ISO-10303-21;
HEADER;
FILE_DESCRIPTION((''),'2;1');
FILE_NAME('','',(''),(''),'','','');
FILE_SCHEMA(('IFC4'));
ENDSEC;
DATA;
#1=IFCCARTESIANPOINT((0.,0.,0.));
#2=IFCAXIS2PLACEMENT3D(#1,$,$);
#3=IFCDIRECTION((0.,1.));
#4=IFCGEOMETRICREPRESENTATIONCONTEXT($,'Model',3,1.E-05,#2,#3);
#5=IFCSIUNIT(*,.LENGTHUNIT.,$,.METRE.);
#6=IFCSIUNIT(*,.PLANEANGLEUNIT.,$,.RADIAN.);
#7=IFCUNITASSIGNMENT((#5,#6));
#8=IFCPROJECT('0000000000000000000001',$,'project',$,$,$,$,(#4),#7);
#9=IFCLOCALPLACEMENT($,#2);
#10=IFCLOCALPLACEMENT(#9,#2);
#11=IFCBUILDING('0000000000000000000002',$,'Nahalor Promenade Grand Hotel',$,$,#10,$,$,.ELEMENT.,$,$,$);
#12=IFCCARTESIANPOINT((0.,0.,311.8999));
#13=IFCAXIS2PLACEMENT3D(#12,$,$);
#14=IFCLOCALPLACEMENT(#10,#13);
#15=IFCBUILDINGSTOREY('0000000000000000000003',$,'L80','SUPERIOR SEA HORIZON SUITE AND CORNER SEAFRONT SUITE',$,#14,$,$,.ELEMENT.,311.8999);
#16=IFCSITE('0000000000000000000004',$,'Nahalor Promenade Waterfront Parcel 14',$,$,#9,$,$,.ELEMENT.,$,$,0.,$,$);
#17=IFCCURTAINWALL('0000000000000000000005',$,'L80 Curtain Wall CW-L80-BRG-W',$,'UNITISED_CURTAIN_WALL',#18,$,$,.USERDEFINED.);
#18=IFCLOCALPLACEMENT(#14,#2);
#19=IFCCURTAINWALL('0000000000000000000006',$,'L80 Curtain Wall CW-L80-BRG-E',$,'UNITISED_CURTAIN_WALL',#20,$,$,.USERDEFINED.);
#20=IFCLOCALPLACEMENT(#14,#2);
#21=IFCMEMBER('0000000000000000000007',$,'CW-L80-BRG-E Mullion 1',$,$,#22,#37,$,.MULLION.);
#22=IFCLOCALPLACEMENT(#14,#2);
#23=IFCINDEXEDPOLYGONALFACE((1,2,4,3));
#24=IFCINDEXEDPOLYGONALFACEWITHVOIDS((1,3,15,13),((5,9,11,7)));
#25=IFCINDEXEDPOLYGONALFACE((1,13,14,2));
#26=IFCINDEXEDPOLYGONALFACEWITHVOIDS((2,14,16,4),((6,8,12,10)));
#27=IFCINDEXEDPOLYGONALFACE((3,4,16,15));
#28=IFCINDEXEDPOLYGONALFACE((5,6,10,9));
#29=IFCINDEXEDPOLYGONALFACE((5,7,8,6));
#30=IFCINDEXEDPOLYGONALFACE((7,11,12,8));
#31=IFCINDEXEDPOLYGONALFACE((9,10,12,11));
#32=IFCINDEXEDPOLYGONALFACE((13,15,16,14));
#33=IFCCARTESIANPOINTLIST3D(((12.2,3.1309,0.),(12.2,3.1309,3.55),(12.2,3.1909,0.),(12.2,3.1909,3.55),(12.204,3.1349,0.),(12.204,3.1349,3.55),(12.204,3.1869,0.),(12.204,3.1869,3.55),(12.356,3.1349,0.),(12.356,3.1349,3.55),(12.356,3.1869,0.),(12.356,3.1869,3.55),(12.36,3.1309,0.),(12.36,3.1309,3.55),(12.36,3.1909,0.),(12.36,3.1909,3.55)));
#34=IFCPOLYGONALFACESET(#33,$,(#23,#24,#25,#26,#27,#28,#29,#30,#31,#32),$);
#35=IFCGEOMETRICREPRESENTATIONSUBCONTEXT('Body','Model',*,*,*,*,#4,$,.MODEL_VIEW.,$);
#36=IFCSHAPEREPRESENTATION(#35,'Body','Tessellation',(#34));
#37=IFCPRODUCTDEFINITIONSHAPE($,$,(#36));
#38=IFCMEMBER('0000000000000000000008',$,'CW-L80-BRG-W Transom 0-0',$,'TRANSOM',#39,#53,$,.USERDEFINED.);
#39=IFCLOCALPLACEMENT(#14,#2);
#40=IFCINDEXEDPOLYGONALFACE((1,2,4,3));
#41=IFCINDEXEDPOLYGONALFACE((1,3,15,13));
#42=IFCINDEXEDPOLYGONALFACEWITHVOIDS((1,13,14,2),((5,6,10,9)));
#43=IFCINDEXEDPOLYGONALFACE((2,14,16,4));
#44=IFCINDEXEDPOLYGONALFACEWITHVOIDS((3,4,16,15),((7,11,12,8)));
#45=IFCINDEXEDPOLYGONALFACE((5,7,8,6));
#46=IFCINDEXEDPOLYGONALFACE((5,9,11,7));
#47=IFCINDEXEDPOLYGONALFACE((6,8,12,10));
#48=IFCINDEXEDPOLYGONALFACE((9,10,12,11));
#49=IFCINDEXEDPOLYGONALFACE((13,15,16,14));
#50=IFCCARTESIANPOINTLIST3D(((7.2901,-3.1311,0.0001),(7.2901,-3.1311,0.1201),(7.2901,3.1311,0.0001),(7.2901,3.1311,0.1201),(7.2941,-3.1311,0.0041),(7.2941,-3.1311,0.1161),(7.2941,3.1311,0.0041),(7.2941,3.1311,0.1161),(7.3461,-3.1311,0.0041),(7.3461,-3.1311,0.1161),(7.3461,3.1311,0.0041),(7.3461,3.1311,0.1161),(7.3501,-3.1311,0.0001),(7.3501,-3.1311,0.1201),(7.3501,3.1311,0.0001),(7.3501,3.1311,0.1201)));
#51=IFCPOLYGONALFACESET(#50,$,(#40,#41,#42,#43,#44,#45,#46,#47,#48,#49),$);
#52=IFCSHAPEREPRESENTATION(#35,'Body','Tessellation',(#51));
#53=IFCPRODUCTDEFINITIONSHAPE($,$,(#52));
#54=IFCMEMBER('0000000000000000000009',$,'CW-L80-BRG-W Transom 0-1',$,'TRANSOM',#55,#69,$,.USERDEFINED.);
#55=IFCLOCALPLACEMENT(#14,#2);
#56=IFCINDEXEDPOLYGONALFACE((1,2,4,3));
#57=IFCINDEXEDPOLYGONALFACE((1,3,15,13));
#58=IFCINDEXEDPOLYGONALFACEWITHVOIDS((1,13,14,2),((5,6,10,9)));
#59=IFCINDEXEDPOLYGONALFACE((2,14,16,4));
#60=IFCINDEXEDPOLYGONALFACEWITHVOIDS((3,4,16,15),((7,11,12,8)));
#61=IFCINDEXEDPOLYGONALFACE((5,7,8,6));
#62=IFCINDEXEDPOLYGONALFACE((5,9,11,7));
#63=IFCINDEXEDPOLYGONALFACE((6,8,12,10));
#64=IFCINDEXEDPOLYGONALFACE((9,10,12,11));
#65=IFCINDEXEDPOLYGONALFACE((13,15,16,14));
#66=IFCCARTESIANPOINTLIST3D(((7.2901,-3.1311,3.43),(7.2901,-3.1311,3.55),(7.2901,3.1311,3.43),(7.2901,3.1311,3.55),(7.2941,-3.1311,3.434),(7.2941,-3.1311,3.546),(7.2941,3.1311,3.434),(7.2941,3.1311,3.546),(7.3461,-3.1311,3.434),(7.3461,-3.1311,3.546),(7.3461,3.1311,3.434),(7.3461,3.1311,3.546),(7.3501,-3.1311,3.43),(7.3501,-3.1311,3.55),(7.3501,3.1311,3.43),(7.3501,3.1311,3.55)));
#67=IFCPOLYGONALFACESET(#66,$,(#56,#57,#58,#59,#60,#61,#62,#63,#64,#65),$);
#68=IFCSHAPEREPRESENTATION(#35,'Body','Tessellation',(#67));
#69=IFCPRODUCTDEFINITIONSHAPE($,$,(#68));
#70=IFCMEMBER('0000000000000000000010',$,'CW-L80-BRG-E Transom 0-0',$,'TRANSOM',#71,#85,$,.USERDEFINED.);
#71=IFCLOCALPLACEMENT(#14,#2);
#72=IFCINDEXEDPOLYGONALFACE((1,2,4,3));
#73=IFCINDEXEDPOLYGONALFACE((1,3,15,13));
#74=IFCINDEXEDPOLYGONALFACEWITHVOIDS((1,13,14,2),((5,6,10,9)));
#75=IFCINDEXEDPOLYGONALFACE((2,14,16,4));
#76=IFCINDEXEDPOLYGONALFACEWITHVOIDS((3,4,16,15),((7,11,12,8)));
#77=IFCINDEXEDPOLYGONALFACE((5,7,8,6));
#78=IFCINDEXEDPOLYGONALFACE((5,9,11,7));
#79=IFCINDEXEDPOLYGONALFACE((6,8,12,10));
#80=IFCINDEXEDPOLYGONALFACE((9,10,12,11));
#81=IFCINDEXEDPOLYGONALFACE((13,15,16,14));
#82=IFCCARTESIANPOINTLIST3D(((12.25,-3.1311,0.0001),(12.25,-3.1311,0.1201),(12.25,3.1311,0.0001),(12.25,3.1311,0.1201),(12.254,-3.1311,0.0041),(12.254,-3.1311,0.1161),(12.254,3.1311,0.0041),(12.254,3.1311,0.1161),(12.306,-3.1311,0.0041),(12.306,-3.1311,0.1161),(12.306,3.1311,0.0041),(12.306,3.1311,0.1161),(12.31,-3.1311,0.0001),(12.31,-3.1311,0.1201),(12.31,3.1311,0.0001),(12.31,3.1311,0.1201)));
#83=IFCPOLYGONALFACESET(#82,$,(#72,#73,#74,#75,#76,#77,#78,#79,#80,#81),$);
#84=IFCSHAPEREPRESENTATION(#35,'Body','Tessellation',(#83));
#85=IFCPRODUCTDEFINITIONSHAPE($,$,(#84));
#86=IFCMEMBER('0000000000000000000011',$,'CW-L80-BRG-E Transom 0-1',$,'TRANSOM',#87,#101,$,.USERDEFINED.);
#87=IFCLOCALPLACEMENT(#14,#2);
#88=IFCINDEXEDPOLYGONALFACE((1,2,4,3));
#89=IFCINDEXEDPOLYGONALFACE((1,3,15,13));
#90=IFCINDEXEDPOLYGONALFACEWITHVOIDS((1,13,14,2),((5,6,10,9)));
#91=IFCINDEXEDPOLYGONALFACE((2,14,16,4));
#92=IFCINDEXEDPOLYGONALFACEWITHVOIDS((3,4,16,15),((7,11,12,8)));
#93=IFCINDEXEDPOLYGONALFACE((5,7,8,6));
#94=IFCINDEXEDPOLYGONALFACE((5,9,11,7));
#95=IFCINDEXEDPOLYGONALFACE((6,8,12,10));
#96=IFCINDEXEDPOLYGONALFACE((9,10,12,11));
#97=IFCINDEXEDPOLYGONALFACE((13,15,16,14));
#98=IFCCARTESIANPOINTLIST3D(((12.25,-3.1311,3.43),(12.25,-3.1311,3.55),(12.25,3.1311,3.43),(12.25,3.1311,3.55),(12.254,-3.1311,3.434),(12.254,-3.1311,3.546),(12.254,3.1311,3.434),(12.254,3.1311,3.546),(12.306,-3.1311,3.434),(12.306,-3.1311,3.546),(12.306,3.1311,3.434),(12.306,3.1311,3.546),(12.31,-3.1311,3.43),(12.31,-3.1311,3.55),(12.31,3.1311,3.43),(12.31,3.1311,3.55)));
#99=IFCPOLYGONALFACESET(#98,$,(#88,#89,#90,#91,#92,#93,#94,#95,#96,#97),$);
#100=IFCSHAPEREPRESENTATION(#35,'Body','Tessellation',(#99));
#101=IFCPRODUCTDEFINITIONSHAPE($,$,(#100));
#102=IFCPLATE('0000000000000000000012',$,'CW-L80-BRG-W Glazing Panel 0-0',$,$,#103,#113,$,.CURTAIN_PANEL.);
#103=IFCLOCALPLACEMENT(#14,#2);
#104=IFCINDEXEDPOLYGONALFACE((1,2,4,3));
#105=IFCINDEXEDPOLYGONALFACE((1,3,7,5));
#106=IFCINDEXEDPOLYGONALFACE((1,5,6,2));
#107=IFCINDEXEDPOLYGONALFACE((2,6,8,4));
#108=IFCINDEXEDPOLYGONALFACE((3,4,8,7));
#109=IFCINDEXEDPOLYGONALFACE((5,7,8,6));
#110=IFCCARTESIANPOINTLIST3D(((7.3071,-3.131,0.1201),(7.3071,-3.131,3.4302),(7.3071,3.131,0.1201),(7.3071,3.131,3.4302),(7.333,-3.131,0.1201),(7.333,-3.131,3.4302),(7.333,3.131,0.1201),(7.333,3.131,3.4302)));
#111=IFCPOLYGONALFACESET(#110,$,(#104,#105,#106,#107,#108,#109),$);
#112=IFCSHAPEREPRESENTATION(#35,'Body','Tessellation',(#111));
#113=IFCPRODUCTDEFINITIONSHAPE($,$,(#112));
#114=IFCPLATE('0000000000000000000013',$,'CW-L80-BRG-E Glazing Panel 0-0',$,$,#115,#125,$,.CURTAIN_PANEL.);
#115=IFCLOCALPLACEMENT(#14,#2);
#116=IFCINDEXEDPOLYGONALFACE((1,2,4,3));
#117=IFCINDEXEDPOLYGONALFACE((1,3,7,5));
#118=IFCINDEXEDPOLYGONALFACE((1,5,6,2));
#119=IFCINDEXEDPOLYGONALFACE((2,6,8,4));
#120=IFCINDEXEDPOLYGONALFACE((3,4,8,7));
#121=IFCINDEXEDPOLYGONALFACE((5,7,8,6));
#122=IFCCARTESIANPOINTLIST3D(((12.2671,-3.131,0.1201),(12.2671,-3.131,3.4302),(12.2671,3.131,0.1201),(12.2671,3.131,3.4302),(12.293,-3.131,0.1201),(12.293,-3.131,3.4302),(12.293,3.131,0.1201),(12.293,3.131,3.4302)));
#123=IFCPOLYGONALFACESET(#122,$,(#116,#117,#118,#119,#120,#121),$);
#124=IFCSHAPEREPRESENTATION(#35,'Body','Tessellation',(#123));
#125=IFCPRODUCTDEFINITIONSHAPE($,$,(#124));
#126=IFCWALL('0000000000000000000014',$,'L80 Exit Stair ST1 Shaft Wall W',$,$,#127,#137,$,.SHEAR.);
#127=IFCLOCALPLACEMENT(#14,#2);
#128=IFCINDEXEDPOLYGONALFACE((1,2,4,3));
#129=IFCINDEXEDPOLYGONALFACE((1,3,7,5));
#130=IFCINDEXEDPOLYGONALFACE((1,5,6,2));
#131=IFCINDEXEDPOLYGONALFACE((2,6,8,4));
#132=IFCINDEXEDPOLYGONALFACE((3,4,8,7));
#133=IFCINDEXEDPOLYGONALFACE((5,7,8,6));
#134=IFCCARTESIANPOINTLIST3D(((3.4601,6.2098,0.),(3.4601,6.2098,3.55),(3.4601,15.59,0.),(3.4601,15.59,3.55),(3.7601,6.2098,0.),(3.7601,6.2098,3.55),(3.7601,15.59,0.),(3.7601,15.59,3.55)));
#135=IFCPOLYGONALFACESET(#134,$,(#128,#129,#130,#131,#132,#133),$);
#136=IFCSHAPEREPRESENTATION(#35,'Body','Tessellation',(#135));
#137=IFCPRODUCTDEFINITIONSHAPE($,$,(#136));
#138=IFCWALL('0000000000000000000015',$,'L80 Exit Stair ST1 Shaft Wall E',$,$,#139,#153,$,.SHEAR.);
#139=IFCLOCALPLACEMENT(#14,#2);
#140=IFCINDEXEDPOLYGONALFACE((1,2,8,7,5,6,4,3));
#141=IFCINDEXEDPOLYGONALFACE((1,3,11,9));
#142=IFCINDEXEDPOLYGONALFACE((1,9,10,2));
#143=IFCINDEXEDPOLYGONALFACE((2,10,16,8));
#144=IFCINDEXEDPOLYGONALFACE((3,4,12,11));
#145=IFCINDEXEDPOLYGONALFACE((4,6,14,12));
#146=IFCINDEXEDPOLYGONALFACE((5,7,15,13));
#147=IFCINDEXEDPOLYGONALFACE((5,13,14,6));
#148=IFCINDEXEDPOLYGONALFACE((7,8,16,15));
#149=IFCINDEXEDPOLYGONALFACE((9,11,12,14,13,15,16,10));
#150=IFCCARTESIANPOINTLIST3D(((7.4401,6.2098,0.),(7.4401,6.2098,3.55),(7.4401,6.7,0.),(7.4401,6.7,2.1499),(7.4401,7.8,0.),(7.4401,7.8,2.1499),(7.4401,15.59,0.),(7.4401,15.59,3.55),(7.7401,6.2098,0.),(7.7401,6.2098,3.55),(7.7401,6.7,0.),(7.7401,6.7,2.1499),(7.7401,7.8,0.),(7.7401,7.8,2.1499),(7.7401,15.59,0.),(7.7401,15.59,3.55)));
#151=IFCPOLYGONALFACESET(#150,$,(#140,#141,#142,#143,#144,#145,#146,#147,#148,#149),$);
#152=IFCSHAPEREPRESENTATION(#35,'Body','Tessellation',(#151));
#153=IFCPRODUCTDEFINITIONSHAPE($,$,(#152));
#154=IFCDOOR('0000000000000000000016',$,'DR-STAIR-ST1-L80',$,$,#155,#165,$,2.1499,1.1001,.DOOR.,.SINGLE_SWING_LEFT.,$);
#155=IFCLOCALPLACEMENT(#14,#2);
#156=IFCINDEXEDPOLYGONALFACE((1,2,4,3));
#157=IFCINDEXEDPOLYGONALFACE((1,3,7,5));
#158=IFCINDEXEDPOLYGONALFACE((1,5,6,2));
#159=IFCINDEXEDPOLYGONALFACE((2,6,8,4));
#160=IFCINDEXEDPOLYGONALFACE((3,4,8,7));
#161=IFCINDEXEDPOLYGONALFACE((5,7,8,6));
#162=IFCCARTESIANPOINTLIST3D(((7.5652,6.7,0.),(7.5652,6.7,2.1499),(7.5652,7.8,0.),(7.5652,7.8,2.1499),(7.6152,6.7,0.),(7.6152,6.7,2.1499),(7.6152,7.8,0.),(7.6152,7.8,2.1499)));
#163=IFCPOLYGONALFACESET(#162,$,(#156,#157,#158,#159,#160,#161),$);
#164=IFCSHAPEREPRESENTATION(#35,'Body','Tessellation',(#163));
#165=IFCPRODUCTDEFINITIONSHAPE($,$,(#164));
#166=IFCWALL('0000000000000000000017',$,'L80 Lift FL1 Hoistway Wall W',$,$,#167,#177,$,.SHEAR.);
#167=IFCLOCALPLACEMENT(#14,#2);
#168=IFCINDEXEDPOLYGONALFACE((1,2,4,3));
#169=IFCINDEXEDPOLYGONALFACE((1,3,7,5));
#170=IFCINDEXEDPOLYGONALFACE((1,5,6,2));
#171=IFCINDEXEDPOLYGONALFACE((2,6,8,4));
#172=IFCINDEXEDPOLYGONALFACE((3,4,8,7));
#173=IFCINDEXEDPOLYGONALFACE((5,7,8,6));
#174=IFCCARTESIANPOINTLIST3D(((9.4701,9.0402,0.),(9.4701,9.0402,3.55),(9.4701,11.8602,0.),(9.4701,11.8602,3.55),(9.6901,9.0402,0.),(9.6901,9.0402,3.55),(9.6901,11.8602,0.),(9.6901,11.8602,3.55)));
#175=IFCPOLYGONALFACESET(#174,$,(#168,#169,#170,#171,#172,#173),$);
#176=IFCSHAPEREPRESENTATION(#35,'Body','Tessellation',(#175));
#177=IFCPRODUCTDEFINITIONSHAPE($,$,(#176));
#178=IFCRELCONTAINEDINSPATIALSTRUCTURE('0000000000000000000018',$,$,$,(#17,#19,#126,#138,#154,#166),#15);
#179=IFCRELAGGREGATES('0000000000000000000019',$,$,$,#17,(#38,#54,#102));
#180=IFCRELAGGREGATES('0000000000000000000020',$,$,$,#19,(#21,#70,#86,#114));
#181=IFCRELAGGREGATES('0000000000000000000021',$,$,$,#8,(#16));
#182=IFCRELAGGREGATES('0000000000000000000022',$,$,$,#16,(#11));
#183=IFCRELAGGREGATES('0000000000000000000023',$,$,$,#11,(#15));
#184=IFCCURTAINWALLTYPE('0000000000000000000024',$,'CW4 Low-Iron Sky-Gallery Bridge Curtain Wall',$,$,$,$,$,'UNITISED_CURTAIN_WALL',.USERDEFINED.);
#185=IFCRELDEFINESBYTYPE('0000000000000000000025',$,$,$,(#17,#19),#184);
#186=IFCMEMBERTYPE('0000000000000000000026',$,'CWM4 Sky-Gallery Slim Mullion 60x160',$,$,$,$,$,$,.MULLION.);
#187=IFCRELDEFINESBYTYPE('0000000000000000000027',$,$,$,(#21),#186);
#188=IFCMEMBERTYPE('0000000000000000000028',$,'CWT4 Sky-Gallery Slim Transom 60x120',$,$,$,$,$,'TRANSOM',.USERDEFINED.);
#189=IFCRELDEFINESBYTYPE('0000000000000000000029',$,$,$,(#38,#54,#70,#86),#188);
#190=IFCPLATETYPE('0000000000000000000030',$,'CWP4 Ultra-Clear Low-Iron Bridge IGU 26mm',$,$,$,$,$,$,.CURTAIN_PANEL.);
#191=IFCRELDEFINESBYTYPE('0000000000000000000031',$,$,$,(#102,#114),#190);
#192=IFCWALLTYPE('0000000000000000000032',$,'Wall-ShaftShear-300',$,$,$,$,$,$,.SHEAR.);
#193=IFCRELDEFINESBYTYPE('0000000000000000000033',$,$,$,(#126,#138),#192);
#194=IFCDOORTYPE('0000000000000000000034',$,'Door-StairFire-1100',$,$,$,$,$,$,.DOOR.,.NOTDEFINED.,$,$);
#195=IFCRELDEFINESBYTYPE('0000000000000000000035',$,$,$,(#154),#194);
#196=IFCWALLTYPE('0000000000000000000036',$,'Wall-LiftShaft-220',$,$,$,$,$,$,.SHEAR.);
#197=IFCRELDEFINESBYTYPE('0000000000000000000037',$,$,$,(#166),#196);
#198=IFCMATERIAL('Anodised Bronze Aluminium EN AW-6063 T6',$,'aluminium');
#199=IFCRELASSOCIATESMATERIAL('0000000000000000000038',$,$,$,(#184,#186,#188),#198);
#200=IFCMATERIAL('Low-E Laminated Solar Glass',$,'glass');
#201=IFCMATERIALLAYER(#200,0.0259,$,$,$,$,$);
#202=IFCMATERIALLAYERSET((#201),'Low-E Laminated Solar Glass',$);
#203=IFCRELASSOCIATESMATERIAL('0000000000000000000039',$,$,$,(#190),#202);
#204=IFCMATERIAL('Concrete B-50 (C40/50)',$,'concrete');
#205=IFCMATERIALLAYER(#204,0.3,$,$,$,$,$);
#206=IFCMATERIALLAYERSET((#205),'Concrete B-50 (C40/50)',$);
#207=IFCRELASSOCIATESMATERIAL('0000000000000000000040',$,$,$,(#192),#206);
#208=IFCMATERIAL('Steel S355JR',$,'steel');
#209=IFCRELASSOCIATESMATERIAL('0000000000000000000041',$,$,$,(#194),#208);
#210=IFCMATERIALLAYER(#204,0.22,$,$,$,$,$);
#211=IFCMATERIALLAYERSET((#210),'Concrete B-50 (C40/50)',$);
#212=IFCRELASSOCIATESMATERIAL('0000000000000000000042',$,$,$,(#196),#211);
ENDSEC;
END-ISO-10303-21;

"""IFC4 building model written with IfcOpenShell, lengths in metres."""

from ifc_helpers import new_model, si_unit, direction, frame, frame_2d, origin, origin_2d, place, context, subcontext, project, spatial, rectangle, hollow_rectangle, extrude, source, transform, mapped, material, layer, layer_set, material_profile, profile_set, type_object, element, fill, aggregate, save


model = new_model("IFC4")

# Units and contexts
model_context = context("Model", 3, precision=1e-05, world=origin(), true_north=direction((0.0, 1.0)))
body_context = subcontext(model_context, "Body", "Model", "MODEL_VIEW")
ifc_project = project(units=[si_unit("LENGTHUNIT", "METRE"), si_unit("PLANEANGLEUNIT", "RADIAN")], contexts=[model_context])

# Site, building, storey
site_placement = place(None, origin())
site = spatial("IfcSite", under=ifc_project, at=site_placement, Name="Nahalor Promenade Waterfront Parcel 14", CompositionType="ELEMENT", RefElevation=0.0)
building_placement = place(site_placement, origin())
building = spatial("IfcBuilding", under=site, at=building_placement, Name="Nahalor Promenade Grand Hotel", CompositionType="ELEMENT")
storey_placement = place(building_placement, frame((0.0, 0.0, 311.8999)))
storey = spatial("IfcBuildingStorey", under=building, at=storey_placement, Name="L80", Description="SUPERIOR SEA HORIZON SUITE AND CORNER SEAFRONT SUITE", CompositionType="ELEMENT", Elevation=311.8999)

# Shared definitions
ifc_material_1 = material(Name="Steel S355JR", Category="steel")

# Shared definitions
ifc_material_2 = material(Name="Anodised Bronze Aluminium EN AW-6063 T6", Category="aluminium")

# Curtain walls, member
curtain_wall_type_1 = type_object("IfcCurtainWallType", Name="CW4 Low-Iron Sky-Gallery Bridge Curtain Wall", ElementType="UNITISED_CURTAIN_WALL", PredefinedType="USERDEFINED", material=ifc_material_2)
curtain_wall_1_placement = place(storey_placement, origin())
curtain_wall_1 = element("IfcCurtainWall", 1, at=curtain_wall_1_placement, inside=storey, type_object=curtain_wall_type_1, Name="L80 Curtain Wall CW-L80-BRG-W", ObjectType="UNITISED_CURTAIN_WALL", PredefinedType="USERDEFINED")
ifc_material_profile_1 = material_profile(ifc_material_2, hollow_rectangle(XDim=0.06, YDim=0.16, WallThickness=0.004, at=origin_2d()), Name="CWM 60x160x4")
ifc_profile_set_1 = profile_set([ifc_material_profile_1], Name="Anodised Bronze Aluminium EN AW-6063 T6")
member_type_1 = type_object("IfcMemberType", Name="CWM4 Sky-Gallery Slim Mullion 60x160", PredefinedType="MULLION", material=ifc_profile_set_1)
shared_shape_1 = source(origin(), body_context, "Body", "SweptSolid", [
    extrude(hollow_rectangle(XDim=0.06, YDim=0.16, WallThickness=0.004, at=origin_2d()), origin(), (0.0, 0.0, 1.0), 3.55),
])
curtain_wall_2_placement = place(storey_placement, origin())
curtain_wall_2 = element("IfcCurtainWall", 2, at=curtain_wall_2_placement, inside=storey, type_object=curtain_wall_type_1, Name="L80 Curtain Wall CW-L80-BRG-E", ObjectType="UNITISED_CURTAIN_WALL", PredefinedType="USERDEFINED")
member_1_placement = place(storey_placement, frame((12.28, 3.1609, 0.0), z_axis=(0.0, 0.0, 1.0), x_axis=(0.0, 1.0, 0.0)))
member_1 = element("IfcMember", 3, at=member_1_placement, type_object=member_type_1, Name="CW-L80-BRG-E Mullion 1", PredefinedType="MULLION", context=body_context, shape_type="MappedRepresentation", body=[
    mapped(shared_shape_1, transform((0.0, 0.0, 0.0), scale=1.0)),
])

# Members
ifc_material_profile_2 = material_profile(ifc_material_2, hollow_rectangle(XDim=0.06, YDim=0.12, WallThickness=0.004, at=origin_2d()), Name="CWT 60x120x4")
ifc_profile_set_2 = profile_set([ifc_material_profile_2], Name="Anodised Bronze Aluminium EN AW-6063 T6")
member_type_2 = type_object("IfcMemberType", Name="CWT4 Sky-Gallery Slim Transom 60x120", ElementType="TRANSOM", PredefinedType="USERDEFINED", material=ifc_profile_set_2)
shared_shape_2 = source(origin(), body_context, "Body", "SweptSolid", [
    extrude(hollow_rectangle(XDim=0.06, YDim=0.12, WallThickness=0.004, at=origin_2d()), origin(), (0.0, 0.0, 1.0), 6.2622),
])
member_2_placement = place(storey_placement, frame((7.3201, -3.1311, 0.0601), z_axis=(0.0, 1.0, 0.0), x_axis=(-1.0, 0.0, 0.0)))
member_2 = element("IfcMember", 4, at=member_2_placement, type_object=member_type_2, Name="CW-L80-BRG-W Transom 0-0", ObjectType="TRANSOM", PredefinedType="USERDEFINED", context=body_context, shape_type="MappedRepresentation", body=[
    mapped(shared_shape_2, transform((0.0, 0.0, 0.0), scale=1.0)),
])
member_3_placement = place(storey_placement, frame((7.3201, -3.1311, 3.49), z_axis=(0.0, 1.0, 0.0), x_axis=(-1.0, 0.0, 0.0)))
member_3 = element("IfcMember", 5, at=member_3_placement, type_object=member_type_2, Name="CW-L80-BRG-W Transom 0-1", ObjectType="TRANSOM", PredefinedType="USERDEFINED", context=body_context, shape_type="MappedRepresentation", body=[
    mapped(shared_shape_2, transform((0.0, 0.0, 0.0), scale=1.0)),
])
member_4_placement = place(storey_placement, frame((12.28, -3.1311, 0.0601), z_axis=(0.0, 1.0, 0.0), x_axis=(-1.0, 0.0, 0.0)))
member_4 = element("IfcMember", 6, at=member_4_placement, type_object=member_type_2, Name="CW-L80-BRG-E Transom 0-0", ObjectType="TRANSOM", PredefinedType="USERDEFINED", context=body_context, shape_type="MappedRepresentation", body=[
    mapped(shared_shape_2, transform((0.0, 0.0, 0.0), scale=1.0)),
])
member_5_placement = place(storey_placement, frame((12.28, -3.1311, 3.49), z_axis=(0.0, 1.0, 0.0), x_axis=(-1.0, 0.0, 0.0)))
member_5 = element("IfcMember", 7, at=member_5_placement, type_object=member_type_2, Name="CW-L80-BRG-E Transom 0-1", ObjectType="TRANSOM", PredefinedType="USERDEFINED", context=body_context, shape_type="MappedRepresentation", body=[
    mapped(shared_shape_2, transform((0.0, 0.0, 0.0), scale=1.0)),
])

# Plates
ifc_material_3 = material(Name="Low-E Laminated Solar Glass", Category="glass")
ifc_layer_1 = layer(ifc_material_3, 0.0259)
ifc_layer_set_1 = layer_set([ifc_layer_1], Name="Low-E Laminated Solar Glass")
plate_type = type_object("IfcPlateType", Name="CWP4 Ultra-Clear Low-Iron Bridge IGU 26mm", PredefinedType="CURTAIN_PANEL", material=ifc_layer_set_1)
shared_shape_3 = source(origin(), body_context, "Body", "SweptSolid", [
    extrude(rectangle(XDim=6.262, YDim=0.0259, at=origin_2d()), origin(), (0.0, 0.0, 1.0), 3.3101),
])
plate_1_placement = place(storey_placement, frame((7.3201, 0.0, 0.1201), z_axis=(0.0, 0.0, 1.0), x_axis=(0.0, 1.0, 0.0)))
plate_1 = element("IfcPlate", 8, at=plate_1_placement, type_object=plate_type, Name="CW-L80-BRG-W Glazing Panel 0-0", PredefinedType="CURTAIN_PANEL", context=body_context, shape_type="MappedRepresentation", body=[
    mapped(shared_shape_3, transform((0.0, 0.0, 0.0), scale=1.0)),
])
aggregate(curtain_wall_1, [member_2, member_3, plate_1])
plate_2_placement = place(storey_placement, frame((12.28, 0.0, 0.1201), z_axis=(0.0, 0.0, 1.0), x_axis=(0.0, 1.0, 0.0)))
plate_2 = element("IfcPlate", 9, at=plate_2_placement, type_object=plate_type, Name="CW-L80-BRG-E Glazing Panel 0-0", PredefinedType="CURTAIN_PANEL", context=body_context, shape_type="MappedRepresentation", body=[
    mapped(shared_shape_3, transform((0.0, 0.0, 0.0), scale=1.0)),
])
aggregate(curtain_wall_2, [member_1, member_4, member_5, plate_2])

# Wall
ifc_material_4 = material(Name="Concrete B-50 (C40/50)", Category="concrete")
ifc_layer_2 = layer(ifc_material_4, 0.3)
ifc_layer_set_2 = layer_set([ifc_layer_2], Name="Concrete B-50 (C40/50)")
wall_type_1 = type_object("IfcWallType", Name="Wall-ShaftShear-300", PredefinedType="SHEAR", material=ifc_layer_set_2)
shared_shape_4 = source(origin(), body_context, "Body", "SweptSolid", [
    extrude(rectangle(XDim=9.3801, YDim=0.3, at=frame_2d((4.6899, 0.0))), origin(), (0.0, 0.0, 1.0), 3.55),
])
wall_1_placement = place(storey_placement, frame((3.6101, 6.21, 0.0), z_axis=(0.0, 0.0, 1.0), x_axis=(0.0, 1.0, 0.0)))
element("IfcWall", 10, at=wall_1_placement, inside=storey, type_object=wall_type_1, Name="L80 Exit Stair ST1 Shaft Wall W", PredefinedType="SHEAR", context=body_context, shape_type="MappedRepresentation", body=[
    mapped(shared_shape_4, transform((0.0, 0.0, 0.0), scale=1.0)),
])

# Wall, opening, door
wall_2_placement = place(storey_placement, frame((7.5901, 6.21, 0.0), z_axis=(0.0, 0.0, 1.0), x_axis=(0.0, 1.0, 0.0)))
wall_2 = element("IfcWall", 11, at=wall_2_placement, inside=storey, type_object=wall_type_1, Name="L80 Exit Stair ST1 Shaft Wall E", PredefinedType="SHEAR", context=body_context, shape_type="MappedRepresentation", body=[
    mapped(shared_shape_4, transform((0.0, 0.0, 0.0), scale=1.0)),
])
opening_1_placement = place(wall_2_placement, frame((0.49, 0.0, 0.0)))
opening_1 = element("IfcOpeningElement", 12, at=opening_1_placement, cuts=wall_2, PredefinedType="OPENING", context=body_context, shape_type="SweptSolid", body=[
    extrude(rectangle(XDim=1.1001, YDim=2.1499, at=frame_2d((0.55, 1.075))), frame((0.0, 0.1599, 0.0), z_axis=(0.0, -1.0, 0.0), x_axis=(1.0, 0.0, 0.0)), (0.0, 0.0, 1.0), 0.3201),
])
door_type_1 = type_object("IfcDoorType", Name="Door-StairFire-1100", OperationType="NOTDEFINED", PredefinedType="DOOR", material=ifc_material_1)
shared_shape_5 = source(origin(), body_context, "Body", "SweptSolid", [
    extrude(rectangle(XDim=1.1001, YDim=2.1499, at=frame_2d((0.55, 1.075))), frame((0.0, 0.0249, 0.0), z_axis=(0.0, -1.0, 0.0), x_axis=(1.0, 0.0, 0.0)), (0.0, 0.0, 1.0), 0.05),
])
door_1_placement = place(opening_1_placement, origin())
door_1 = element("IfcDoor", 13, at=door_1_placement, inside=storey, type_object=door_type_1, Name="DR-STAIR-ST1-L80", OperationType="SINGLE_SWING_LEFT", OverallHeight=2.1499, OverallWidth=1.1001, PredefinedType="DOOR", context=body_context, shape_type="MappedRepresentation", body=[
    mapped(shared_shape_5, transform((0.0, 0.0, 0.0), scale=1.0)),
])
fill(opening_1, door_1)

# Wall
ifc_layer_3 = layer(ifc_material_4, 0.22)
ifc_layer_set_3 = layer_set([ifc_layer_3], Name="Concrete B-50 (C40/50)")
wall_type_2 = type_object("IfcWallType", Name="Wall-LiftShaft-220", PredefinedType="SHEAR", material=ifc_layer_set_3)
shared_shape_6 = source(origin(), body_context, "Body", "SweptSolid", [
    extrude(rectangle(XDim=2.8201, YDim=0.22, at=frame_2d((1.4102, 0.0))), origin(), (0.0, 0.0, 1.0), 3.55),
])
for number, where, z_axis, x_axis, name in (
    (14, (9.5801, 9.04, 0.0), (0.0, 0.0, 1.0), (0.0, 1.0, 0.0), "L80 Lift FL1 Hoistway Wall W"),
):
    element("IfcWall", number, at=place(storey_placement, frame(where, z_axis=z_axis, x_axis=x_axis)), inside=storey, type_object=wall_type_2, Name=name, PredefinedType="SHEAR", context=body_context, shape_type="MappedRepresentation", body=[
        mapped(shared_shape_6, transform((0.0, 0.0, 0.0), scale=1.0)),
    ])

save(model, "model.ifc")
